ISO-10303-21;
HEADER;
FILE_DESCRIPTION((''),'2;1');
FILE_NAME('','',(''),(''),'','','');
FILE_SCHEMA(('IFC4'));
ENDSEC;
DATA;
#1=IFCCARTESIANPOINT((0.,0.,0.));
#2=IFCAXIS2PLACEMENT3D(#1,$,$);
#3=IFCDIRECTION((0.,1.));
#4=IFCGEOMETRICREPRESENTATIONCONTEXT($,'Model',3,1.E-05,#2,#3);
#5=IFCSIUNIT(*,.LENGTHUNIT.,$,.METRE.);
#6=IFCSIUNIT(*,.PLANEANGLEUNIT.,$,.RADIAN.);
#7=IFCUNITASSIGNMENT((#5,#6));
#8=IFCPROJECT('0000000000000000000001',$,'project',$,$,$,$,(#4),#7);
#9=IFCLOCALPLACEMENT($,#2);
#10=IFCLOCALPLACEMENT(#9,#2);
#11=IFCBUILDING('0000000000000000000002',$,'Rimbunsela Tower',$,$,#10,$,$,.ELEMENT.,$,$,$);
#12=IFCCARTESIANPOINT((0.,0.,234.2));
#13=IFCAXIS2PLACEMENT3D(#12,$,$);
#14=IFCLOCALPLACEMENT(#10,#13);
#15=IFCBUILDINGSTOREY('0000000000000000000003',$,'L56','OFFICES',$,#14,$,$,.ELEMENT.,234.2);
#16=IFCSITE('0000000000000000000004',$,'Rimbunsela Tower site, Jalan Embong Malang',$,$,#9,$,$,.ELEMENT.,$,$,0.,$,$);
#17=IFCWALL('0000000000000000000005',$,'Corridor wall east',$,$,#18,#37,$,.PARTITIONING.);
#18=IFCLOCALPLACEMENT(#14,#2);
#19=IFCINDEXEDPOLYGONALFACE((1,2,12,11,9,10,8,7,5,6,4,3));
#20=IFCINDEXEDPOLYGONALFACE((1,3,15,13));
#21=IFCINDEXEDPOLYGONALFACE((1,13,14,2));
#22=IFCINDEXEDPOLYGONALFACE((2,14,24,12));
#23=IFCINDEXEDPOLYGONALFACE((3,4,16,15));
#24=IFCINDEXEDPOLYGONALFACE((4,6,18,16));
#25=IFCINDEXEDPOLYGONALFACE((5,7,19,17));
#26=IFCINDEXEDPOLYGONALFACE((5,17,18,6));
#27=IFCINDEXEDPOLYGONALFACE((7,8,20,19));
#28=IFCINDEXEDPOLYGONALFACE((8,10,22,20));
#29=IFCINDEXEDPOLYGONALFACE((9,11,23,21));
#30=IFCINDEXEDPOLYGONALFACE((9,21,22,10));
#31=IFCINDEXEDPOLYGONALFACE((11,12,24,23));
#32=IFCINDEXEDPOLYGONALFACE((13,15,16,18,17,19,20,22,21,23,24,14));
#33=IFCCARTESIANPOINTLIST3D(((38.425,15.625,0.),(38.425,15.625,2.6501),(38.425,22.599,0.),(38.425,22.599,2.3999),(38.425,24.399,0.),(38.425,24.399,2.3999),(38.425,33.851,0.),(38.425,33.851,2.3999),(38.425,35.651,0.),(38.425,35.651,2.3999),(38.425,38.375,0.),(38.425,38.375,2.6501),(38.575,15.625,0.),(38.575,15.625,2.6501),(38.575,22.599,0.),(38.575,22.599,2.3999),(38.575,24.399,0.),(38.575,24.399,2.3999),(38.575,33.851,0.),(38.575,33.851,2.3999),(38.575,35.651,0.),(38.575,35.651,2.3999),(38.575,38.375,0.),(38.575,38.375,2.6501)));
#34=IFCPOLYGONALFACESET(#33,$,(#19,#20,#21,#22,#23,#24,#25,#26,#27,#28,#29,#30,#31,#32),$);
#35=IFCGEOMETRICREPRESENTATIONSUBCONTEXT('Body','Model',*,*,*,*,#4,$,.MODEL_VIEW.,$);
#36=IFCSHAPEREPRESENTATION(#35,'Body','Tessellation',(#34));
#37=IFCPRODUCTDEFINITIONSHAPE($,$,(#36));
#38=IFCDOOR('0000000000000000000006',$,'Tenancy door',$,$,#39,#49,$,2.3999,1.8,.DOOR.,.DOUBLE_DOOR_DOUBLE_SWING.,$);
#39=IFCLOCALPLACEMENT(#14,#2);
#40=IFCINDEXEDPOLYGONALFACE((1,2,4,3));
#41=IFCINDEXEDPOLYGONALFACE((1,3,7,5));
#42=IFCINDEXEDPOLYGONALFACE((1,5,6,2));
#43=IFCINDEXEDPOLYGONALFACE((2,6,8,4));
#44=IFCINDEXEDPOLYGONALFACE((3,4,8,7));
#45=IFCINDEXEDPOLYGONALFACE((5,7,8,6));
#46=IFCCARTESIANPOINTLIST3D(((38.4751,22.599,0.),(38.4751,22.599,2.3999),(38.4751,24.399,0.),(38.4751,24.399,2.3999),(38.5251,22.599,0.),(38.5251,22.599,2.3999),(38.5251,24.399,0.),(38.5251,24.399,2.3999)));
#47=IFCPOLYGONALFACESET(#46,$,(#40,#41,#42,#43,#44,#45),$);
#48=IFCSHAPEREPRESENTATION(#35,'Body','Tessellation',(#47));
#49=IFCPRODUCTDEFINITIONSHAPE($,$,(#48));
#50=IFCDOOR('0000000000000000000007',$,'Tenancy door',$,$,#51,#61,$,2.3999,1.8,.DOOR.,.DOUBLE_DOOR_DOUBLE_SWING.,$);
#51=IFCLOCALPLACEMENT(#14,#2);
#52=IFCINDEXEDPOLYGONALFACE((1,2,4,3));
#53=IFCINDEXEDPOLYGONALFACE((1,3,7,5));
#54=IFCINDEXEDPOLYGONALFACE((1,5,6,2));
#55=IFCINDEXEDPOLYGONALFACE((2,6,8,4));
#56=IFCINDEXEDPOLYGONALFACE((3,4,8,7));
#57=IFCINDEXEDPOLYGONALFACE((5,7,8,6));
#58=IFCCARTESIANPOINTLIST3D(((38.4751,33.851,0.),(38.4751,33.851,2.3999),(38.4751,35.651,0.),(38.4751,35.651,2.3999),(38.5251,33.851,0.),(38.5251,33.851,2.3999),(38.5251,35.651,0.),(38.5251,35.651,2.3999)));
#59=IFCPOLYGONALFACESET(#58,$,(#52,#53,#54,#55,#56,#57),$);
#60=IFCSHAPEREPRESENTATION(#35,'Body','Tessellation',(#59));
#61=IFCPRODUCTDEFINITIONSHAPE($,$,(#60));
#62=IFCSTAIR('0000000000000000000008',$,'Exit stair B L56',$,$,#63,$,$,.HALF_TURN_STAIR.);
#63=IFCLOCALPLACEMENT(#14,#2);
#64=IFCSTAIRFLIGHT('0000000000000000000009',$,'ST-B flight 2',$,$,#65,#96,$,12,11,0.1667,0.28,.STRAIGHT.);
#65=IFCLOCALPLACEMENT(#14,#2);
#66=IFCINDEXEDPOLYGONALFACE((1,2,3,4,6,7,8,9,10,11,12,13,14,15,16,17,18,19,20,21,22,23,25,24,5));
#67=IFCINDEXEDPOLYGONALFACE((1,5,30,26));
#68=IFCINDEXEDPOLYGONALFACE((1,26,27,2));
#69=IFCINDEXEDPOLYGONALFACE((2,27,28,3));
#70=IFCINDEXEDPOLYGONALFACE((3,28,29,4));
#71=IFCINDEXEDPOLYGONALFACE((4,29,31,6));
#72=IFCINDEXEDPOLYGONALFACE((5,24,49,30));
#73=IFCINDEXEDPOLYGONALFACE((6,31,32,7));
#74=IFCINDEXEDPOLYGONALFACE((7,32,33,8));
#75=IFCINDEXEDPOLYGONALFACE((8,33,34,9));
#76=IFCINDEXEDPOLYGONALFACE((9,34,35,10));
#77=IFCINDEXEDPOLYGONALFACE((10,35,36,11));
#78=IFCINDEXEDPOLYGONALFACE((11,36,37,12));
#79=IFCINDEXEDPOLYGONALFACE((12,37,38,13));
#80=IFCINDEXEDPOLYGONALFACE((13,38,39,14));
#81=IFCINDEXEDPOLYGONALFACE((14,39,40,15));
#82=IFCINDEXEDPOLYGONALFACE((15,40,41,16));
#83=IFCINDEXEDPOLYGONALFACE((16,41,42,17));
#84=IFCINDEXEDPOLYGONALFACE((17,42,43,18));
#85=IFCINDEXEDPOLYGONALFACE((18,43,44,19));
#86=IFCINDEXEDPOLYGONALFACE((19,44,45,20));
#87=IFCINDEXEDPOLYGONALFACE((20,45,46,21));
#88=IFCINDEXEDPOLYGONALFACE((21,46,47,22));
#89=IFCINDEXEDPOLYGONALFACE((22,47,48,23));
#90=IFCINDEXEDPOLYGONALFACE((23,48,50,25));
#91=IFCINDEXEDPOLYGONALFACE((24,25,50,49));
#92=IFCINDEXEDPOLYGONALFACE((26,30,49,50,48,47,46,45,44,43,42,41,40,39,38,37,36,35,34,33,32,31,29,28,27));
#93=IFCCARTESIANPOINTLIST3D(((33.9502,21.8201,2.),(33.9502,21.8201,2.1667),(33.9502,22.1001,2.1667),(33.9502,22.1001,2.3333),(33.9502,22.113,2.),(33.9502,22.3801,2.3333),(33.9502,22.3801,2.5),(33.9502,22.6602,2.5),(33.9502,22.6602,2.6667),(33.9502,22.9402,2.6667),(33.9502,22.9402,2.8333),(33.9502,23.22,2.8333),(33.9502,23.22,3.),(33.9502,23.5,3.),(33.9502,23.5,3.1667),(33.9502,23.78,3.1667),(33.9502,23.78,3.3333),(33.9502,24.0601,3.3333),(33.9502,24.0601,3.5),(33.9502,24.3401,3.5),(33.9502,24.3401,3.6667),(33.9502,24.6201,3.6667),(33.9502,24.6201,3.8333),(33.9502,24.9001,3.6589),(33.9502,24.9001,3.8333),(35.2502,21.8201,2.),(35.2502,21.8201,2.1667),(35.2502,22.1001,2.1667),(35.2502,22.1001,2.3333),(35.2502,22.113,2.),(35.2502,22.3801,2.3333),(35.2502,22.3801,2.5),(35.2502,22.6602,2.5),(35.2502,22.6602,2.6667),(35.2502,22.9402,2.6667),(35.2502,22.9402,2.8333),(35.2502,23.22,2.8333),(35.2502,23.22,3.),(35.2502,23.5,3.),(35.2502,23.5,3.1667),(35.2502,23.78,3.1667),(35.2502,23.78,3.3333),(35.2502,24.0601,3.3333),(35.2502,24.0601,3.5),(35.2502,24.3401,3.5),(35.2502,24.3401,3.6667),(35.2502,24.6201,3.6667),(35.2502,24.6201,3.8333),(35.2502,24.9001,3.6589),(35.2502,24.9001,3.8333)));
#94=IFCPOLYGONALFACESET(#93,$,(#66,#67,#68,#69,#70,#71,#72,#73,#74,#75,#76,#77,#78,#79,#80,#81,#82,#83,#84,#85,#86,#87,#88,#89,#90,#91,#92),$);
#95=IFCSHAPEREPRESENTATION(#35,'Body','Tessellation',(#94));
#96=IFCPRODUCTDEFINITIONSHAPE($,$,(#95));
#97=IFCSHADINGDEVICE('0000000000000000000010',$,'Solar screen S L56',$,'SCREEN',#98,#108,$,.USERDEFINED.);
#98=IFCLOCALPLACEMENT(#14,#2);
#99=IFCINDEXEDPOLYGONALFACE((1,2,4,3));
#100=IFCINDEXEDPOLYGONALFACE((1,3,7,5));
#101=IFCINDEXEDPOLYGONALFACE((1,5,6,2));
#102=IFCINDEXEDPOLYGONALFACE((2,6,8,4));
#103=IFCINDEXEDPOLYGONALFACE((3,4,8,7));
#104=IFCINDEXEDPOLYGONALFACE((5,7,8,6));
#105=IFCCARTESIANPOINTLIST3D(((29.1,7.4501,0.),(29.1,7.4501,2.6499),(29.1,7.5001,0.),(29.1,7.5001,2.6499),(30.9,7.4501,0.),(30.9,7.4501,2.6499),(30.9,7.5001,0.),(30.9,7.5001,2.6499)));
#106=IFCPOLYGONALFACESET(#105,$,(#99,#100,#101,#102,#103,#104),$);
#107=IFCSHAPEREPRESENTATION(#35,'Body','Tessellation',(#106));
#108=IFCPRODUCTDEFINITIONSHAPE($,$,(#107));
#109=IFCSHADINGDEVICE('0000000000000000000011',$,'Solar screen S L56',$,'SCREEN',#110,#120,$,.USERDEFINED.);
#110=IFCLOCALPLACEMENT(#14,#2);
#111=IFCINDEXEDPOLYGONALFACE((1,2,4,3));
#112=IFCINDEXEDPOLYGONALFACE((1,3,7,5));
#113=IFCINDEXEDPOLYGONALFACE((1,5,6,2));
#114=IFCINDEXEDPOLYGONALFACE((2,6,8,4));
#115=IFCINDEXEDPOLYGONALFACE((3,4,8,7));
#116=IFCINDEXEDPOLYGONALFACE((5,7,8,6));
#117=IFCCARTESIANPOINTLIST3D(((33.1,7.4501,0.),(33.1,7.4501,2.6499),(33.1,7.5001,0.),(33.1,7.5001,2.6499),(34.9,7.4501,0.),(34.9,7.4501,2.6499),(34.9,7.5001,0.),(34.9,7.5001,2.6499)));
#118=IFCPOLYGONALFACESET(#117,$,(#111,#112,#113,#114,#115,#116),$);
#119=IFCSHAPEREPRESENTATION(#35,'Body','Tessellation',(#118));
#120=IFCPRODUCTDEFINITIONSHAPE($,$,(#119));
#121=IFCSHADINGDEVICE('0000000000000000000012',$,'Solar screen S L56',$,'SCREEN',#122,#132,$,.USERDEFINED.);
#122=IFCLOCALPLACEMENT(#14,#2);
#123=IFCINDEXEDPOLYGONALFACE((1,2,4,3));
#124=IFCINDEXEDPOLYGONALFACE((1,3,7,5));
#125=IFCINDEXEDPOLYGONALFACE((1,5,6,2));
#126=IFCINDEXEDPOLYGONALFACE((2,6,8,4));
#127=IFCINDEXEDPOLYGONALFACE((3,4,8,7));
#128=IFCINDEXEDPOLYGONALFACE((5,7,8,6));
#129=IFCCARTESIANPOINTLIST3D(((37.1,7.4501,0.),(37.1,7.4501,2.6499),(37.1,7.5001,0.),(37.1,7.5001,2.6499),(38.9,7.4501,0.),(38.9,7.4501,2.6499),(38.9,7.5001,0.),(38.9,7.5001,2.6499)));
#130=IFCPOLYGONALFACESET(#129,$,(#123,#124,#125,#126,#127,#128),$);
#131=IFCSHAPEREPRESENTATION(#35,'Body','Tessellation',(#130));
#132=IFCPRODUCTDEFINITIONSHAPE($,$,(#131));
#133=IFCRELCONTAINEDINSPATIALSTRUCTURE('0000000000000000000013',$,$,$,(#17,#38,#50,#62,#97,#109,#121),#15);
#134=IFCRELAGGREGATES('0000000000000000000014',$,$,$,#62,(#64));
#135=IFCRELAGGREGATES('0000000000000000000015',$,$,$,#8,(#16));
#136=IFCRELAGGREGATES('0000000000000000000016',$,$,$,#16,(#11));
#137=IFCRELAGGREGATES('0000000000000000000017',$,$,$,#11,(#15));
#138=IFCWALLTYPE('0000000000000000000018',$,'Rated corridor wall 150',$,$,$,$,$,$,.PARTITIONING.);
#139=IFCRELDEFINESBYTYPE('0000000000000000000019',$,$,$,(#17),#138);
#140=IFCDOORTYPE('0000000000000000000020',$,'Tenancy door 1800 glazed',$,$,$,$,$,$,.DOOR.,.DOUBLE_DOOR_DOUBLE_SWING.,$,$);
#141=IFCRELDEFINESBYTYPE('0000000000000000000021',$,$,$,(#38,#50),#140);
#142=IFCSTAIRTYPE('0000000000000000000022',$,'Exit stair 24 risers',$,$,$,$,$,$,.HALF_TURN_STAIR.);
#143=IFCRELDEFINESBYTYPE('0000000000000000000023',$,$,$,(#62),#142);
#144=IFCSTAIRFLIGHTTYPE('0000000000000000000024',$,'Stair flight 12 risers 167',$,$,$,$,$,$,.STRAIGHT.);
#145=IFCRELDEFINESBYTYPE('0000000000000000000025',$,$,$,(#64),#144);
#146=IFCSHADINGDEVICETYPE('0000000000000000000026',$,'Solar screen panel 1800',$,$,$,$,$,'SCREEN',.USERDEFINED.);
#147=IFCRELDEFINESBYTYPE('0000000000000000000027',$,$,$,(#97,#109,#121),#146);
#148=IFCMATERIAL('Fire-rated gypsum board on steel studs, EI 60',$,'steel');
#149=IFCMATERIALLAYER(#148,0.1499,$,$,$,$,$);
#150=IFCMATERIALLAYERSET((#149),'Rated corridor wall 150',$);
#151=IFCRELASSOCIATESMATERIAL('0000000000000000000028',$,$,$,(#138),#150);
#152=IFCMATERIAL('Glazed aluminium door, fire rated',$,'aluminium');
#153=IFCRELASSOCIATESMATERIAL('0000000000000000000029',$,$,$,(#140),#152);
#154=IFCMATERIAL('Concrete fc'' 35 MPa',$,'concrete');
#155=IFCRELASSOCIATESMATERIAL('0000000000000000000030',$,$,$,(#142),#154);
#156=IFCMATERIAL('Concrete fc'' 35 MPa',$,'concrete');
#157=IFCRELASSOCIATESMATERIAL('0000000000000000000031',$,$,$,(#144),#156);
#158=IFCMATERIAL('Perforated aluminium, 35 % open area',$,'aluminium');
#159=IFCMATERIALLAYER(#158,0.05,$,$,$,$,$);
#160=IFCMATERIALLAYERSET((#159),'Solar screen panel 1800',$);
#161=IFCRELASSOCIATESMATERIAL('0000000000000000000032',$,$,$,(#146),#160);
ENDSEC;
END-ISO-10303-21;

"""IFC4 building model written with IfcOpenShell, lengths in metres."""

from ifc_helpers import new_model, si_unit, direction, frame, frame_2d, origin, origin_2d, place, context, subcontext, project, spatial, polyline, rectangle, outline, extrude, material, layer, layer_set, type_object, element, fill, aggregate, save


model = new_model("IFC4")

# Units and contexts
model_context = context("Model", 3, precision=1e-05, world=origin(), true_north=direction((0.0, 1.0)))
body_context = subcontext(model_context, "Body", "Model", "MODEL_VIEW")
ifc_project = project(units=[si_unit("LENGTHUNIT", "METRE"), si_unit("PLANEANGLEUNIT", "RADIAN")], contexts=[model_context])

# Site, building, storey
site_placement = place(None, origin())
site = spatial("IfcSite", under=ifc_project, at=site_placement, Name="Rimbunsela Tower site, Jalan Embong Malang", CompositionType="ELEMENT", RefElevation=0.0)
building_placement = place(site_placement, origin())
building = spatial("IfcBuilding", under=site, at=building_placement, Name="Rimbunsela Tower", CompositionType="ELEMENT")
storey_placement = place(building_placement, frame((0.0, 0.0, 234.2)))
storey = spatial("IfcBuildingStorey", under=building, at=storey_placement, Name="L56", Description="OFFICES", CompositionType="ELEMENT", Elevation=234.2)

# Wall, openings, doors
ifc_material_1 = material(Name="Fire-rated gypsum board on steel studs, EI 60", Category="steel")
ifc_layer_1 = layer(ifc_material_1, 0.1499)
ifc_layer_set_1 = layer_set([ifc_layer_1], Name="Rated corridor wall 150")
wall_type_1 = type_object("IfcWallType", Name="Rated corridor wall 150", PredefinedType="PARTITIONING", material=ifc_layer_set_1)
wall_1_placement = place(storey_placement, frame((38.5, 15.625, 0.0), z_axis=(0.0, 0.0, 1.0), x_axis=(0.0, 1.0, 0.0)))
wall_1 = element("IfcWall", 1, at=wall_1_placement, inside=storey, type_object=wall_type_1, Name="Corridor wall east", PredefinedType="PARTITIONING", context=body_context, shape_type="SweptSolid", body=[
    extrude(rectangle(XDim=22.75, YDim=0.1499, at=frame_2d((11.375, 0.0))), origin(), (0.0, 0.0, 1.0), 2.6501),
])
opening_1_placement = place(wall_1_placement, frame((6.9741, 0.0, 0.0)))
opening_1 = element("IfcOpeningElement", 2, at=opening_1_placement, cuts=wall_1, PredefinedType="OPENING", context=body_context, shape_type="SweptSolid", body=[
    extrude(rectangle(XDim=1.8, YDim=2.3999, at=frame_2d((0.8999, 1.2))), frame((0.0, 0.085, 0.0), z_axis=(0.0, -1.0, 0.0), x_axis=(1.0, 0.0, 0.0)), (0.0, 0.0, 1.0), 0.1699),
])
opening_2_placement = place(wall_1_placement, frame((18.2261, 0.0, 0.0)))
opening_2 = element("IfcOpeningElement", 3, at=opening_2_placement, cuts=wall_1, PredefinedType="OPENING", context=body_context, shape_type="SweptSolid", body=[
    extrude(rectangle(XDim=1.8, YDim=2.3999, at=frame_2d((0.8999, 1.2))), frame((0.0, 0.085, 0.0), z_axis=(0.0, -1.0, 0.0), x_axis=(1.0, 0.0, 0.0)), (0.0, 0.0, 1.0), 0.1699),
])
ifc_material_2 = material(Name="Glazed aluminium door, fire rated", Category="aluminium")
door_type_1 = type_object("IfcDoorType", Name="Tenancy door 1800 glazed", OperationType="DOUBLE_DOOR_DOUBLE_SWING", PredefinedType="DOOR", material=ifc_material_2)
door_1_placement = place(opening_1_placement, origin())
door_1 = element("IfcDoor", 4, at=door_1_placement, inside=storey, type_object=door_type_1, Name="Tenancy door", OperationType="DOUBLE_DOOR_DOUBLE_SWING", OverallHeight=2.3999, OverallWidth=1.8, PredefinedType="DOOR", context=body_context, shape_type="SweptSolid", body=[
    extrude(rectangle(XDim=1.8, YDim=2.3999, at=frame_2d((0.8999, 1.2))), frame((0.0, 0.0249, 0.0), z_axis=(0.0, -1.0, 0.0), x_axis=(1.0, 0.0, 0.0)), (0.0, 0.0, 1.0), 0.05),
])
fill(opening_1, door_1)
door_2_placement = place(opening_2_placement, origin())
door_2 = element("IfcDoor", 5, at=door_2_placement, inside=storey, type_object=door_type_1, Name="Tenancy door", OperationType="DOUBLE_DOOR_DOUBLE_SWING", OverallHeight=2.3999, OverallWidth=1.8, PredefinedType="DOOR", context=body_context, shape_type="SweptSolid", body=[
    extrude(rectangle(XDim=1.8, YDim=2.3999, at=frame_2d((0.8999, 1.2))), frame((0.0, 0.0249, 0.0), z_axis=(0.0, -1.0, 0.0), x_axis=(1.0, 0.0, 0.0)), (0.0, 0.0, 1.0), 0.05),
])
fill(opening_2, door_2)

# Stair, stair flight
ifc_material_3 = material(Name="Concrete fc' 35 MPa", Category="concrete")
stair_type = type_object("IfcStairType", Name="Exit stair 24 risers", PredefinedType="HALF_TURN_STAIR", material=ifc_material_3)
stair_placement = place(storey_placement, origin())
stair = element("IfcStair", 6, at=stair_placement, inside=storey, type_object=stair_type, Name="Exit stair B L56", PredefinedType="HALF_TURN_STAIR")
ifc_material_4 = material(Name="Concrete fc' 35 MPa", Category="concrete")
stair_flight_type = type_object("IfcStairFlightType", Name="Stair flight 12 risers 167", PredefinedType="STRAIGHT", material=ifc_material_4)
stair_flight_placement = place(storey_placement, frame((34.6001, 21.8201, 2.0), z_axis=(0.0, 0.0, 1.0), x_axis=(0.0, 1.0, 0.0)))
stair_flight = element("IfcStairFlight", 7, at=stair_flight_placement, type_object=stair_flight_type, Name="ST-B flight 2", NumberOfRisers=12, NumberOfTreads=11, PredefinedType="STRAIGHT", RiserHeight=0.1667, TreadLength=0.28, context=body_context, shape_type="SweptSolid", body=[
    extrude(outline(polyline([(0.0, 0.0), (0.0, 0.1667), (0.28, 0.1667), (0.28, 0.3333), (0.5601, 0.3333), (0.5601, 0.5), (0.8401, 0.5), (0.8401, 0.6667), (1.1201, 0.6667), (1.1201, 0.8333), (1.3999, 0.8333), (1.3999, 1.0), (1.6799, 1.0), (1.6799, 1.1667), (1.96, 1.1667), (1.96, 1.3333), (2.24, 1.3333), (2.24, 1.5), (2.52, 1.5), (2.52, 1.6667), (2.8, 1.6667), (2.8, 1.8333), (3.0801, 1.8333), (3.0801, 2.0), (3.0801, 1.6589), (0.293, 0.0), (0.0, 0.0)])), frame((0.0, 0.6499, 0.0), z_axis=(0.0, -1.0, 0.0), x_axis=(1.0, 0.0, 0.0)), (0.0, 0.0, 1.0), 1.3),
])
aggregate(stair, [stair_flight])

# Shading devices
ifc_material_5 = material(Name="Perforated aluminium, 35 % open area", Category="aluminium")
ifc_layer_2 = layer(ifc_material_5, 0.05)
ifc_layer_set_2 = layer_set([ifc_layer_2], Name="Solar screen panel 1800")
shading_device_type = type_object("IfcShadingDeviceType", Name="Solar screen panel 1800", ElementType="SCREEN", PredefinedType="USERDEFINED", material=ifc_layer_set_2)
for number, where, z_axis, x_axis, name in (
    (8, (30.0, 7.4751, 0.0), (0.0, 0.0, 1.0), (1.0, 0.0, 0.0), "Solar screen S L56"),
    (9, (34.0, 7.4751, 0.0), (0.0, 0.0, 1.0), (1.0, 0.0, 0.0), "Solar screen S L56"),
    (10, (38.0, 7.4751, 0.0), (0.0, 0.0, 1.0), (1.0, 0.0, 0.0), "Solar screen S L56"),
):
    element("IfcShadingDevice", number, at=place(storey_placement, frame(where, z_axis=z_axis, x_axis=x_axis)), inside=storey, type_object=shading_device_type, Name=name, ObjectType="SCREEN", PredefinedType="USERDEFINED", context=body_context, shape_type="SweptSolid", body=[
        extrude(rectangle(XDim=1.8, YDim=0.05, at=origin_2d()), origin(), (0.0, 0.0, 1.0), 2.6499),
    ])

save(model, "model.ifc")
